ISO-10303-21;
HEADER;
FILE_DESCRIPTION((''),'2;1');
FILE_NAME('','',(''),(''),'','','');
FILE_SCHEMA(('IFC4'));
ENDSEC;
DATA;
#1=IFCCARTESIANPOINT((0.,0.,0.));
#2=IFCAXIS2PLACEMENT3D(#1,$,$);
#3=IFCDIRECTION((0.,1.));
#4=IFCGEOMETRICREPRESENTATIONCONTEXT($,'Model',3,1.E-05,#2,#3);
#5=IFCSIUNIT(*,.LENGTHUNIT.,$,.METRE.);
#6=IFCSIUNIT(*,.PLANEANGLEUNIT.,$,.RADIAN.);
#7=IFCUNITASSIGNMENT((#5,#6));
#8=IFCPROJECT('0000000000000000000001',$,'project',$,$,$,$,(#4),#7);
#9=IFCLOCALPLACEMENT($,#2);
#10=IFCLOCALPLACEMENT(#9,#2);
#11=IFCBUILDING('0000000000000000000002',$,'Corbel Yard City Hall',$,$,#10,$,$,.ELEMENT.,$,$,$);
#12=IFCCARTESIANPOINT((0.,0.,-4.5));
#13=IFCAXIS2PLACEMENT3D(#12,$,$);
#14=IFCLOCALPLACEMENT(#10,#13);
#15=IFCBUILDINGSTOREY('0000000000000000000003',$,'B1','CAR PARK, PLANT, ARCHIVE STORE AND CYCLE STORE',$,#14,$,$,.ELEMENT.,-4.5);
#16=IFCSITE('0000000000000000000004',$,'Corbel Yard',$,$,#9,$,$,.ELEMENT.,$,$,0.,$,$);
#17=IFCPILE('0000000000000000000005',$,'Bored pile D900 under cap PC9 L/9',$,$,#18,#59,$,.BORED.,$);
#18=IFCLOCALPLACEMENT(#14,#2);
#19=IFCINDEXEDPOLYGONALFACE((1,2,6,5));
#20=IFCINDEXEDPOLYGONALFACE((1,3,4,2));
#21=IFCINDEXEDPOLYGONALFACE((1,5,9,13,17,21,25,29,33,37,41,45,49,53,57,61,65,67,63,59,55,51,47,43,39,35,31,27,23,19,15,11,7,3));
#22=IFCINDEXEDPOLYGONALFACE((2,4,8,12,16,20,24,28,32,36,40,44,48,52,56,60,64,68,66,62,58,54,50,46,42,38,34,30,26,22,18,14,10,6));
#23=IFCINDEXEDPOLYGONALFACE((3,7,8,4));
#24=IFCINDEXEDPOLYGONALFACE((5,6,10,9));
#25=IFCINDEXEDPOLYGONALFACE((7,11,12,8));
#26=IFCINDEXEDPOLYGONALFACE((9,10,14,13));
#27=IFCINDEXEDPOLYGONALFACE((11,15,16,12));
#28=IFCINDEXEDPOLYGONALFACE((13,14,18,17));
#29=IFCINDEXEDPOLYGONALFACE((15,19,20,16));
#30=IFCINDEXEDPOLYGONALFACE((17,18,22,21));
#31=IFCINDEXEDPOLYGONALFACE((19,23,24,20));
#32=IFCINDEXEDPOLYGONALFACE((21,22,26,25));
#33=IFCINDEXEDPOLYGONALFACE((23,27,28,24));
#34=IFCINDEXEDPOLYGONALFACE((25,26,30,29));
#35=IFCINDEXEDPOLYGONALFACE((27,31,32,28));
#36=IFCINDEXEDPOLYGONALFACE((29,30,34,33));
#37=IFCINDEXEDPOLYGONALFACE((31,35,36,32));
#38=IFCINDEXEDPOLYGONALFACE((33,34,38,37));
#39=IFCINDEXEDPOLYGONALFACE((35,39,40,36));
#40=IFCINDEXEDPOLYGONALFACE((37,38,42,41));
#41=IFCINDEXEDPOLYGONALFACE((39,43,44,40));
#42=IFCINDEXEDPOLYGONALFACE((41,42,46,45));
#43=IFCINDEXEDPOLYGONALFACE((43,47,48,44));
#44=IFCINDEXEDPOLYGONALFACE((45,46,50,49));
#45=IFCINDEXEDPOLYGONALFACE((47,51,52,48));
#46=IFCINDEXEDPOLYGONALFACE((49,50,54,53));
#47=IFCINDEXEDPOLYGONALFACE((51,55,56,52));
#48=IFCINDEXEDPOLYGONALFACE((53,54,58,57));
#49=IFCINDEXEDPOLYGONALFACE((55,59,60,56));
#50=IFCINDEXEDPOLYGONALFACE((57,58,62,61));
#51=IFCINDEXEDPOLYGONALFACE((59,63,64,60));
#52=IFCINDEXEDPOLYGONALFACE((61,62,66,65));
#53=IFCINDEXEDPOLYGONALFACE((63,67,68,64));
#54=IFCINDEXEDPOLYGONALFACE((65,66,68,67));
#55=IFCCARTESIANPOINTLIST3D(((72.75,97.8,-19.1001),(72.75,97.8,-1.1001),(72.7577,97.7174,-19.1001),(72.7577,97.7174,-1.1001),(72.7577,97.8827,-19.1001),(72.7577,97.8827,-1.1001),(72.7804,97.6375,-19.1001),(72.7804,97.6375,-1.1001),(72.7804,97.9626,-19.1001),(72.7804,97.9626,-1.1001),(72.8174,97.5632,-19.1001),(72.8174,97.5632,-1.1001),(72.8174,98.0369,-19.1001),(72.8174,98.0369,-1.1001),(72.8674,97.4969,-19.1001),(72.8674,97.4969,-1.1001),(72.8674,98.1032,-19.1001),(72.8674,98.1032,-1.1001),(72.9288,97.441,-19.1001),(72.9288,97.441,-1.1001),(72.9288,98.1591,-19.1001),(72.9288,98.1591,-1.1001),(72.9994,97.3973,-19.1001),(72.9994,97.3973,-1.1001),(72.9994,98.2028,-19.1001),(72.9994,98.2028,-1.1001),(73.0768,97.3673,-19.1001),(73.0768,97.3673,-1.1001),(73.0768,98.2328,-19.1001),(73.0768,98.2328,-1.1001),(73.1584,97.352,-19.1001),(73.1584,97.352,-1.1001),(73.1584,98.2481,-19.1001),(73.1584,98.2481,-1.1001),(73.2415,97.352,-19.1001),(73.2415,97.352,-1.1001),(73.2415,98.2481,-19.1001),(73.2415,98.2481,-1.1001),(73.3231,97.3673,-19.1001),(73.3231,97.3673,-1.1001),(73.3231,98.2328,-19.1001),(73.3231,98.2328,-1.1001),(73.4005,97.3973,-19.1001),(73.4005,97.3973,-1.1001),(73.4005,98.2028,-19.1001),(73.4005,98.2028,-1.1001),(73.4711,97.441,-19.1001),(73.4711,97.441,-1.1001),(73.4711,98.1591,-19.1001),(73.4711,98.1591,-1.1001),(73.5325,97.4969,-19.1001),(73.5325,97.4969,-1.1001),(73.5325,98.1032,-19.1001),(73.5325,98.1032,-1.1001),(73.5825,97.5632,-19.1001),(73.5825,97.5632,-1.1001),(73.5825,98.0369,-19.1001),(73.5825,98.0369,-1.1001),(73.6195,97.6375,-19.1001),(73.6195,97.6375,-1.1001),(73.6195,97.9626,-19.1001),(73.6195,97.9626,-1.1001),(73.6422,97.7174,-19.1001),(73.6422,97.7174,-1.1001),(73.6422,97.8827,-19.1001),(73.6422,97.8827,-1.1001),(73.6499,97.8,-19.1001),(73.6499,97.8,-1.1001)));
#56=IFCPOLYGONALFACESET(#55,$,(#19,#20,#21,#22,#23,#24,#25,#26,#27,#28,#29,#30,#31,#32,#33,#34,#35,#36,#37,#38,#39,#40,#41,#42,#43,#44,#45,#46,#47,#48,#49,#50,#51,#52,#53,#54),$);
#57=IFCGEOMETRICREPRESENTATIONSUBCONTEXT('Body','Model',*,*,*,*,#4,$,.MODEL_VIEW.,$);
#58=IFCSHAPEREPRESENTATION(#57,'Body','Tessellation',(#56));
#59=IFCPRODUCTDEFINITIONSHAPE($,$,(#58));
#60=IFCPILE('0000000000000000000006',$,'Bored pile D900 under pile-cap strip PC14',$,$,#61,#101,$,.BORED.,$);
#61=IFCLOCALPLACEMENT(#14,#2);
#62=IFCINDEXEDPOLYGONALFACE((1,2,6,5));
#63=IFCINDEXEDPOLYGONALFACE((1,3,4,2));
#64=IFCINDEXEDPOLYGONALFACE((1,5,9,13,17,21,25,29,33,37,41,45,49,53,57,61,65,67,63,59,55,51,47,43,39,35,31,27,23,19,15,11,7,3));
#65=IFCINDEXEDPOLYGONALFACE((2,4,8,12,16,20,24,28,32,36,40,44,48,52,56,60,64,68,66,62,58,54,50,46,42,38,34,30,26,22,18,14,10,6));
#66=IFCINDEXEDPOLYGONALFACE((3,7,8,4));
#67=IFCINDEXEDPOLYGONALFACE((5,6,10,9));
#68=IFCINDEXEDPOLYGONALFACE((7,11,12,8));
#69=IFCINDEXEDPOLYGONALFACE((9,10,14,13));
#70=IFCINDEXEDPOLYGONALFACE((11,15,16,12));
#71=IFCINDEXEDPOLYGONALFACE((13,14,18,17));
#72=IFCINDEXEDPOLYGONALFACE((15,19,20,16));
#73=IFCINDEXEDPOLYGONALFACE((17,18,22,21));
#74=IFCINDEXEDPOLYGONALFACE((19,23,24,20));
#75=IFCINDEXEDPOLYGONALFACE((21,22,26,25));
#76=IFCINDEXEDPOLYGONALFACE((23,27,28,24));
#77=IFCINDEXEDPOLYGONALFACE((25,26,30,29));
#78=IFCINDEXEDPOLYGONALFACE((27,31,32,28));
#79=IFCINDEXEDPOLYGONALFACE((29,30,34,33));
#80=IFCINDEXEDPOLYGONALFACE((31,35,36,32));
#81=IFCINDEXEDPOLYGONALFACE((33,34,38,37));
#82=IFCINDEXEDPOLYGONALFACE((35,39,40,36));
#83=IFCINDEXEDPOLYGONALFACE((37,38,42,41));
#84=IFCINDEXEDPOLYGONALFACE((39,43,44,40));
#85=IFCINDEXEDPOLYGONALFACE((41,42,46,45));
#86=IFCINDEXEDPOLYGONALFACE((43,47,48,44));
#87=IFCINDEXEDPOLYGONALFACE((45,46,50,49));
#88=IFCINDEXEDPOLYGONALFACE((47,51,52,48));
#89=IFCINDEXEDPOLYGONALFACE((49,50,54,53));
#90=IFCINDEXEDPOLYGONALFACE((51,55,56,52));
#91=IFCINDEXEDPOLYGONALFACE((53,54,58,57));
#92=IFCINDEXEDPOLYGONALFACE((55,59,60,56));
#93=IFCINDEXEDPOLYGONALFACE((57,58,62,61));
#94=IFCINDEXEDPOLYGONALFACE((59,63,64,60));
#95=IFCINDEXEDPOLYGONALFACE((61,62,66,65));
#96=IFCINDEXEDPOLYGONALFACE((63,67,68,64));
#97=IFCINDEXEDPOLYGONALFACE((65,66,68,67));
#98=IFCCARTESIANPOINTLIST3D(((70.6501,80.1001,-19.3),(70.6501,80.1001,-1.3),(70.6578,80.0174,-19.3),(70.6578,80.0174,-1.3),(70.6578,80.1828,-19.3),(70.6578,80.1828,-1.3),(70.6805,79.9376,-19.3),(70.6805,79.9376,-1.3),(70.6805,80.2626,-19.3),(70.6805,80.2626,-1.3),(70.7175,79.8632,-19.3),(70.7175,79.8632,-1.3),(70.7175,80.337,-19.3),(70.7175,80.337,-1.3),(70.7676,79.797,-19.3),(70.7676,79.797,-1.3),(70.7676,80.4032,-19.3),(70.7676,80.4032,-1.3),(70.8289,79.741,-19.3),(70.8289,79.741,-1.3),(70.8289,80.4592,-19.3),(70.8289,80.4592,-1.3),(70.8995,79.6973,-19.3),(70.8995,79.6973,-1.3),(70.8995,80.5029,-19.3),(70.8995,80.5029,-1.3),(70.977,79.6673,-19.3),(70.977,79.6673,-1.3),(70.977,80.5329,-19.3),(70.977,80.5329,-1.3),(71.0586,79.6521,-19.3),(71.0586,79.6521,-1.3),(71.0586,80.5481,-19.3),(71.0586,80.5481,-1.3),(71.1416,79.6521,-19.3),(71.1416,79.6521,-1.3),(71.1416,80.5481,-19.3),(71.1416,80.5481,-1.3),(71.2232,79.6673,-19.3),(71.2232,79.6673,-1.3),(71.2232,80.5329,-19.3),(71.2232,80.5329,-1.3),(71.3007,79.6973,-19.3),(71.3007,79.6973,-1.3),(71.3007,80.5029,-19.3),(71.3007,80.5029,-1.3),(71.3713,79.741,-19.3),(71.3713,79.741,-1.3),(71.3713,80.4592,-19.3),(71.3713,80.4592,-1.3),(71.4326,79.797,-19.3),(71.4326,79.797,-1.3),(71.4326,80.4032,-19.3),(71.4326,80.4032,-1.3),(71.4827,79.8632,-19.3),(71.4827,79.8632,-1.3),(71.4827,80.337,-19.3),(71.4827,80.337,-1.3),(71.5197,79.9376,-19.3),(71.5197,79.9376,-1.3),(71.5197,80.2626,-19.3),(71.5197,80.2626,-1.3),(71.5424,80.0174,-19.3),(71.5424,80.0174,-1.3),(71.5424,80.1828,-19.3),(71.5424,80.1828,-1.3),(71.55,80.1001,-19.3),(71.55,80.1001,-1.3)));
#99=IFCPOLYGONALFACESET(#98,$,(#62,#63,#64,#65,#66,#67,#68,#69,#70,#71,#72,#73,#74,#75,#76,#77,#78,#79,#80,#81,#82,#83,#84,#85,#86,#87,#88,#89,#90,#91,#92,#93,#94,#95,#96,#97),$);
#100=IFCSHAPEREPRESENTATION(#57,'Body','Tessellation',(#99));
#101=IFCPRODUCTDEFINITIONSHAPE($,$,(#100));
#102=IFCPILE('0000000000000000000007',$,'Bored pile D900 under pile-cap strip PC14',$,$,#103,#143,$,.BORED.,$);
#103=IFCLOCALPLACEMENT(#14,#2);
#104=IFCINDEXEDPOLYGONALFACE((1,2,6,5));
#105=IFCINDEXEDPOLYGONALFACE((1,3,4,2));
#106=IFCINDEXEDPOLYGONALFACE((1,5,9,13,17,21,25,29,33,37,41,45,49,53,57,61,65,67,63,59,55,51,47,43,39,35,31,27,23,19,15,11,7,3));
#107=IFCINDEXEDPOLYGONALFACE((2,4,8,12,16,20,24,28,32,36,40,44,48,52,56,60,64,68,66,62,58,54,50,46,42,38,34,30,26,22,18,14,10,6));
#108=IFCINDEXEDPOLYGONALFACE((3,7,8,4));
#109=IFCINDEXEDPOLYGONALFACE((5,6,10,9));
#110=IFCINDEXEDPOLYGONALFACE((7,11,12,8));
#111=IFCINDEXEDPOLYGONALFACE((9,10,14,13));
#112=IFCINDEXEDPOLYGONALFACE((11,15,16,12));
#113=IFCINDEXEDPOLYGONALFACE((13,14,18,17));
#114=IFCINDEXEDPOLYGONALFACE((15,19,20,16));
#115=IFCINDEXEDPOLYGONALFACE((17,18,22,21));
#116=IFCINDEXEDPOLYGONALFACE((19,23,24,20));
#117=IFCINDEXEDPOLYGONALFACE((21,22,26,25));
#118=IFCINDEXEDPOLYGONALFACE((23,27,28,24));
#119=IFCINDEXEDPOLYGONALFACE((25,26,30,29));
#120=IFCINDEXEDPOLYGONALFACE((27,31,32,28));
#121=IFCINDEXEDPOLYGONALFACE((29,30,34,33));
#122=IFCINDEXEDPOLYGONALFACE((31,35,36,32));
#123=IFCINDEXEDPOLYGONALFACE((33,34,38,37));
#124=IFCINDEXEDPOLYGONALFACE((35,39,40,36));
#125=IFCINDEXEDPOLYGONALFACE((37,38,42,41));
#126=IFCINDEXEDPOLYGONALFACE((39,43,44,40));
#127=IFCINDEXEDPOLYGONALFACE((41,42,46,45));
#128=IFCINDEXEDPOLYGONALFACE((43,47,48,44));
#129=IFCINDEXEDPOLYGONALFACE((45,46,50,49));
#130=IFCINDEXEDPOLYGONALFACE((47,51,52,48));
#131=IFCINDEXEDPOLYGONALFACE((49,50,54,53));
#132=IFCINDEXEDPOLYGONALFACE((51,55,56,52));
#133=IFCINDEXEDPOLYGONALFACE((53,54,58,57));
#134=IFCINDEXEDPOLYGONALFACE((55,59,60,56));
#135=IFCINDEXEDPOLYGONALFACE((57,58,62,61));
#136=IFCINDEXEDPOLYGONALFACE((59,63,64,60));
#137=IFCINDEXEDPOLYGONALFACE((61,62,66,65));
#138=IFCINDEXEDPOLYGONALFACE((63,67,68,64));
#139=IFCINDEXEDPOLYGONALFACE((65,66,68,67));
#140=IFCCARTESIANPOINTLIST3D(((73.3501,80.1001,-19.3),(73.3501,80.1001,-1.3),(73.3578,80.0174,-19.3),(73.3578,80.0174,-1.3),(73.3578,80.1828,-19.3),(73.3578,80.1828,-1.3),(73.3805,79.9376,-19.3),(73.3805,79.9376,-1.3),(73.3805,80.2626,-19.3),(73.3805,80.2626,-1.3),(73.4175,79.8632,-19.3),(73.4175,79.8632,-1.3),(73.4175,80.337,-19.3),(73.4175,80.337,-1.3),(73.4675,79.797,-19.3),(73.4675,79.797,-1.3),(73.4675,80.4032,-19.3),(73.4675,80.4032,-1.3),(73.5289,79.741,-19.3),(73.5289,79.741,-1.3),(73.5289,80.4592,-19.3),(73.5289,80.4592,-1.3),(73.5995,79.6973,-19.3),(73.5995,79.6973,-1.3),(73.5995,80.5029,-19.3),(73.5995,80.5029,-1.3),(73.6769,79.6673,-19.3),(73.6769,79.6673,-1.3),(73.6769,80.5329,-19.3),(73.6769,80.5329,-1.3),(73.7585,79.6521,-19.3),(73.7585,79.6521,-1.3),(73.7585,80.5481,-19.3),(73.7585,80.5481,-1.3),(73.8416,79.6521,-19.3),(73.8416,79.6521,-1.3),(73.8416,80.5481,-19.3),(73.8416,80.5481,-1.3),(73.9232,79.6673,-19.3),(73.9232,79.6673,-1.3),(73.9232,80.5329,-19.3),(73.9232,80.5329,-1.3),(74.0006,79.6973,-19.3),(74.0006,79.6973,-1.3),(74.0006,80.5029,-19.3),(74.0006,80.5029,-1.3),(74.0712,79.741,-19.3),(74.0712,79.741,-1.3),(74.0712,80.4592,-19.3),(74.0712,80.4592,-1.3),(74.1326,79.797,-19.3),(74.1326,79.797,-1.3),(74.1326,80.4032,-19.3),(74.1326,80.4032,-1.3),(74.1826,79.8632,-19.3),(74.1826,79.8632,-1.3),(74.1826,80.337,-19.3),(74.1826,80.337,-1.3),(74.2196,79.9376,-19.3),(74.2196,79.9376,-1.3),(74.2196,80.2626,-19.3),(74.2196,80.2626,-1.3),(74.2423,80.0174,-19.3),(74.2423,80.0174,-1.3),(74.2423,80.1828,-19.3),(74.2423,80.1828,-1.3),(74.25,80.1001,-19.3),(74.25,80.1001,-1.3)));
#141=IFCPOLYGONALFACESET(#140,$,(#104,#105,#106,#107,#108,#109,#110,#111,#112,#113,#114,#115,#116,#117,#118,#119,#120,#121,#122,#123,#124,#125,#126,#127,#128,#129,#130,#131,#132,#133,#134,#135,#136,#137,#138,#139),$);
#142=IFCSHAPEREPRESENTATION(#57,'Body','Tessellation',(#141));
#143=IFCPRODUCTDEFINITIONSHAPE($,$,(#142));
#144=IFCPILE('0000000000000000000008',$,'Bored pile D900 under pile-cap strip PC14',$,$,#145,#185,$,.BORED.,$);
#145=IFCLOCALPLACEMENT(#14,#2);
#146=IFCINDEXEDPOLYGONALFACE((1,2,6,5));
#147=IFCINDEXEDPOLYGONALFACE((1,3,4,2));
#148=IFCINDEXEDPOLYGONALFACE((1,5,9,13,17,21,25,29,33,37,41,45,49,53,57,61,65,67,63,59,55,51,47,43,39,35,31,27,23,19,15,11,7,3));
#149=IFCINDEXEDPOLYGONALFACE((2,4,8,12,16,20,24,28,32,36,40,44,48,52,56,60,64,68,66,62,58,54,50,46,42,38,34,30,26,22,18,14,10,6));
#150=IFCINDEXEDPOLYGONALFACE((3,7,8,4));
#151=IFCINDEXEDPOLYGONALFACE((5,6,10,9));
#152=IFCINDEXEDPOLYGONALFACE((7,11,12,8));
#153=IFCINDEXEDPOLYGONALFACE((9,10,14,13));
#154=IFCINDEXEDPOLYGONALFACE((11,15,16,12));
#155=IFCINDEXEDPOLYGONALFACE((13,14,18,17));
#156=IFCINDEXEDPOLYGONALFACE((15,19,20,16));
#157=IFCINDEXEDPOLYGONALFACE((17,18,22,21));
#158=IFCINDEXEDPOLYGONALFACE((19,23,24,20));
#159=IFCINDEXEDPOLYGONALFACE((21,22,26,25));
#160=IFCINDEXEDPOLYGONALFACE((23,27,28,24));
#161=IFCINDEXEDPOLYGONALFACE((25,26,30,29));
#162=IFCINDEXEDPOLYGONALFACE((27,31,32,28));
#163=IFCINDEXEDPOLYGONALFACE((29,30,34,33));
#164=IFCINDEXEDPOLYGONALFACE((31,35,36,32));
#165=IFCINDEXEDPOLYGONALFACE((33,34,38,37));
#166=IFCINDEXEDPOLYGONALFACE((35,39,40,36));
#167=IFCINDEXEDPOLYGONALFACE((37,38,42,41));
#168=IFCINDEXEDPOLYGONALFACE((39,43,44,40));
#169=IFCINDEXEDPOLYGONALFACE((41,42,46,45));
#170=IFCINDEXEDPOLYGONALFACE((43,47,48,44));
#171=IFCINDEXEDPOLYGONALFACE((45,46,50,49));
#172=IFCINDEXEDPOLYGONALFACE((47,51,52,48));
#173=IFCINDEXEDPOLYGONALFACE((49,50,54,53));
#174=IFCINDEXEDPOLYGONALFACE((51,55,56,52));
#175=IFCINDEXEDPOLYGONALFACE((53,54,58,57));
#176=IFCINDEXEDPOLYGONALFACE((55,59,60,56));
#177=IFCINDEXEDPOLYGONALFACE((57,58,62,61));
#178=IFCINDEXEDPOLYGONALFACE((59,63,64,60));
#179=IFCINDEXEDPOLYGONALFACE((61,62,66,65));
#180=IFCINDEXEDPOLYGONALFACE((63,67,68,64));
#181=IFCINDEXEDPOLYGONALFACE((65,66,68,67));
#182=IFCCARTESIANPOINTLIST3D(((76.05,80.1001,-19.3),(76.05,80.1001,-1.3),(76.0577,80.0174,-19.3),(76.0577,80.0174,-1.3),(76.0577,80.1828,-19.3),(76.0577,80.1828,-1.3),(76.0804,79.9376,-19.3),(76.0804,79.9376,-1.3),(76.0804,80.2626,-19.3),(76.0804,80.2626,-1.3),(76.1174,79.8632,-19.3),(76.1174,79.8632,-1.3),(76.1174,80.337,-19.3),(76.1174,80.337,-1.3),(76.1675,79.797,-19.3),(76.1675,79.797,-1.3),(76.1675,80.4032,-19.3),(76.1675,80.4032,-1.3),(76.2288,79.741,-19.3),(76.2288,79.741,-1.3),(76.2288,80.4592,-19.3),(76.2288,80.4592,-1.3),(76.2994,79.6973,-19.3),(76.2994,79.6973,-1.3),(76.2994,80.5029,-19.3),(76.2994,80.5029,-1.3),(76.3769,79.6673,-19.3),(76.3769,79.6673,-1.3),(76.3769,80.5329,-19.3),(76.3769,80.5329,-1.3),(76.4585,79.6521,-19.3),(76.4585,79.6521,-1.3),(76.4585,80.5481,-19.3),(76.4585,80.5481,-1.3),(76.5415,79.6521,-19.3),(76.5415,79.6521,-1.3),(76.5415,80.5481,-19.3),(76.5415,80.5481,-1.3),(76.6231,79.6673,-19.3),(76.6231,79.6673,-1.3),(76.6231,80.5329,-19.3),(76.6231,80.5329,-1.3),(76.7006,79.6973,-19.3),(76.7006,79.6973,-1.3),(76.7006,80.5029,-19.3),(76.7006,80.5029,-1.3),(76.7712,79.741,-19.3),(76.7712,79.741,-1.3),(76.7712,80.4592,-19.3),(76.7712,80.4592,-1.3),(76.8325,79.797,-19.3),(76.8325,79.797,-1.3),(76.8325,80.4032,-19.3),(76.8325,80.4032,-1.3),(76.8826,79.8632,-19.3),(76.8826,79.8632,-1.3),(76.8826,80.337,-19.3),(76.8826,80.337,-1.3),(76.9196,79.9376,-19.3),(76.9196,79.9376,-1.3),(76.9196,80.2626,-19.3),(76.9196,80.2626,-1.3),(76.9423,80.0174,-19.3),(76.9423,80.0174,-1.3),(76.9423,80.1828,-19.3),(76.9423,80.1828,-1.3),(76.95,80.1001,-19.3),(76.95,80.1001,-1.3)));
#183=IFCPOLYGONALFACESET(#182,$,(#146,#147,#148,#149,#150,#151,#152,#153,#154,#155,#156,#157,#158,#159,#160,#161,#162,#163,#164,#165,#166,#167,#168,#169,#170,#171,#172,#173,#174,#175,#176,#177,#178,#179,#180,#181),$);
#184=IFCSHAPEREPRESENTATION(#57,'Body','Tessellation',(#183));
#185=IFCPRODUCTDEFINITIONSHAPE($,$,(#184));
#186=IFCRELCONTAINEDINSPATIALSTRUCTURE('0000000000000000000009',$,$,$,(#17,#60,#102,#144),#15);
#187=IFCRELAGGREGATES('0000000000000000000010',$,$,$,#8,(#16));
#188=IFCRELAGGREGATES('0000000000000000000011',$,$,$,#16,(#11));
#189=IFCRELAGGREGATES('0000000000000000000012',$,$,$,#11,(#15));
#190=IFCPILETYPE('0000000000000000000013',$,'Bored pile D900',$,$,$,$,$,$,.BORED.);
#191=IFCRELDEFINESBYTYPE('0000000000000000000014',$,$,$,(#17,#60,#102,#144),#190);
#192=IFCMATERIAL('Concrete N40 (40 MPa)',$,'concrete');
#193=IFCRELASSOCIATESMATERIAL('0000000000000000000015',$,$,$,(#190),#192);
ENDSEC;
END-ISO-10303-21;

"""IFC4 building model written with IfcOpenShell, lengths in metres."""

from ifc_helpers import new_model, si_unit, direction, frame, origin, origin_2d, place, context, subcontext, project, spatial, circle, extrude, material, material_profile, profile_set, type_object, element, save


model = new_model("IFC4")

# Units and contexts
model_context = context("Model", 3, precision=1e-05, world=origin(), true_north=direction((0.0, 1.0)))
body_context = subcontext(model_context, "Body", "Model", "MODEL_VIEW")
ifc_project = project(units=[si_unit("LENGTHUNIT", "METRE"), si_unit("PLANEANGLEUNIT", "RADIAN")], contexts=[model_context])

# Site, building, storey
site_placement = place(None, origin())
site = spatial("IfcSite", under=ifc_project, at=site_placement, Name="Corbel Yard", CompositionType="ELEMENT", RefElevation=0.0)
building_placement = place(site_placement, origin())
building = spatial("IfcBuilding", under=site, at=building_placement, Name="Corbel Yard City Hall", CompositionType="ELEMENT")
storey_placement = place(building_placement, frame((0.0, 0.0, -4.5)))
storey = spatial("IfcBuildingStorey", under=building, at=storey_placement, Name="B1", Description="CAR PARK, PLANT, ARCHIVE STORE AND CYCLE STORE", CompositionType="ELEMENT", Elevation=-4.5)

# Piles
ifc_material_1 = material(Name="Concrete N40 (40 MPa)", Category="concrete")
ifc_material_profile_1 = material_profile(ifc_material_1, circle(Radius=0.45, at=origin_2d()), Name="D900")
ifc_profile_set_1 = profile_set([ifc_material_profile_1], Name="Concrete N40 (40 MPa)")
pile_type_1 = type_object("IfcPileType", Name="Bored pile D900", PredefinedType="BORED", material=ifc_profile_set_1)
for number, where, z_axis, x_axis, name in (
    (1, (73.2, 97.8, -1.1001), (0.0, 0.0, -1.0), (1.0, 0.0, 0.0), "Bored pile D900 under cap PC9 L/9"),
    (2, (71.1001, 80.1001, -1.3), (0.0, 0.0, -1.0), (1.0, 0.0, 0.0), "Bored pile D900 under pile-cap strip PC14"),
    (3, (73.8, 80.1001, -1.3), (0.0, 0.0, -1.0), (1.0, 0.0, 0.0), "Bored pile D900 under pile-cap strip PC14"),
    (4, (76.5, 80.1001, -1.3), (0.0, 0.0, -1.0), (1.0, 0.0, 0.0), "Bored pile D900 under pile-cap strip PC14"),
):
    element("IfcPile", number, at=place(storey_placement, frame(where, z_axis=z_axis, x_axis=x_axis)), inside=storey, type_object=pile_type_1, Name=name, PredefinedType="BORED", context=body_context, shape_type="SweptSolid", body=[
        extrude(circle(Radius=0.45, at=origin_2d()), origin(), (0.0, 0.0, 1.0), 18.0),
    ])

save(model, "model.ifc")
